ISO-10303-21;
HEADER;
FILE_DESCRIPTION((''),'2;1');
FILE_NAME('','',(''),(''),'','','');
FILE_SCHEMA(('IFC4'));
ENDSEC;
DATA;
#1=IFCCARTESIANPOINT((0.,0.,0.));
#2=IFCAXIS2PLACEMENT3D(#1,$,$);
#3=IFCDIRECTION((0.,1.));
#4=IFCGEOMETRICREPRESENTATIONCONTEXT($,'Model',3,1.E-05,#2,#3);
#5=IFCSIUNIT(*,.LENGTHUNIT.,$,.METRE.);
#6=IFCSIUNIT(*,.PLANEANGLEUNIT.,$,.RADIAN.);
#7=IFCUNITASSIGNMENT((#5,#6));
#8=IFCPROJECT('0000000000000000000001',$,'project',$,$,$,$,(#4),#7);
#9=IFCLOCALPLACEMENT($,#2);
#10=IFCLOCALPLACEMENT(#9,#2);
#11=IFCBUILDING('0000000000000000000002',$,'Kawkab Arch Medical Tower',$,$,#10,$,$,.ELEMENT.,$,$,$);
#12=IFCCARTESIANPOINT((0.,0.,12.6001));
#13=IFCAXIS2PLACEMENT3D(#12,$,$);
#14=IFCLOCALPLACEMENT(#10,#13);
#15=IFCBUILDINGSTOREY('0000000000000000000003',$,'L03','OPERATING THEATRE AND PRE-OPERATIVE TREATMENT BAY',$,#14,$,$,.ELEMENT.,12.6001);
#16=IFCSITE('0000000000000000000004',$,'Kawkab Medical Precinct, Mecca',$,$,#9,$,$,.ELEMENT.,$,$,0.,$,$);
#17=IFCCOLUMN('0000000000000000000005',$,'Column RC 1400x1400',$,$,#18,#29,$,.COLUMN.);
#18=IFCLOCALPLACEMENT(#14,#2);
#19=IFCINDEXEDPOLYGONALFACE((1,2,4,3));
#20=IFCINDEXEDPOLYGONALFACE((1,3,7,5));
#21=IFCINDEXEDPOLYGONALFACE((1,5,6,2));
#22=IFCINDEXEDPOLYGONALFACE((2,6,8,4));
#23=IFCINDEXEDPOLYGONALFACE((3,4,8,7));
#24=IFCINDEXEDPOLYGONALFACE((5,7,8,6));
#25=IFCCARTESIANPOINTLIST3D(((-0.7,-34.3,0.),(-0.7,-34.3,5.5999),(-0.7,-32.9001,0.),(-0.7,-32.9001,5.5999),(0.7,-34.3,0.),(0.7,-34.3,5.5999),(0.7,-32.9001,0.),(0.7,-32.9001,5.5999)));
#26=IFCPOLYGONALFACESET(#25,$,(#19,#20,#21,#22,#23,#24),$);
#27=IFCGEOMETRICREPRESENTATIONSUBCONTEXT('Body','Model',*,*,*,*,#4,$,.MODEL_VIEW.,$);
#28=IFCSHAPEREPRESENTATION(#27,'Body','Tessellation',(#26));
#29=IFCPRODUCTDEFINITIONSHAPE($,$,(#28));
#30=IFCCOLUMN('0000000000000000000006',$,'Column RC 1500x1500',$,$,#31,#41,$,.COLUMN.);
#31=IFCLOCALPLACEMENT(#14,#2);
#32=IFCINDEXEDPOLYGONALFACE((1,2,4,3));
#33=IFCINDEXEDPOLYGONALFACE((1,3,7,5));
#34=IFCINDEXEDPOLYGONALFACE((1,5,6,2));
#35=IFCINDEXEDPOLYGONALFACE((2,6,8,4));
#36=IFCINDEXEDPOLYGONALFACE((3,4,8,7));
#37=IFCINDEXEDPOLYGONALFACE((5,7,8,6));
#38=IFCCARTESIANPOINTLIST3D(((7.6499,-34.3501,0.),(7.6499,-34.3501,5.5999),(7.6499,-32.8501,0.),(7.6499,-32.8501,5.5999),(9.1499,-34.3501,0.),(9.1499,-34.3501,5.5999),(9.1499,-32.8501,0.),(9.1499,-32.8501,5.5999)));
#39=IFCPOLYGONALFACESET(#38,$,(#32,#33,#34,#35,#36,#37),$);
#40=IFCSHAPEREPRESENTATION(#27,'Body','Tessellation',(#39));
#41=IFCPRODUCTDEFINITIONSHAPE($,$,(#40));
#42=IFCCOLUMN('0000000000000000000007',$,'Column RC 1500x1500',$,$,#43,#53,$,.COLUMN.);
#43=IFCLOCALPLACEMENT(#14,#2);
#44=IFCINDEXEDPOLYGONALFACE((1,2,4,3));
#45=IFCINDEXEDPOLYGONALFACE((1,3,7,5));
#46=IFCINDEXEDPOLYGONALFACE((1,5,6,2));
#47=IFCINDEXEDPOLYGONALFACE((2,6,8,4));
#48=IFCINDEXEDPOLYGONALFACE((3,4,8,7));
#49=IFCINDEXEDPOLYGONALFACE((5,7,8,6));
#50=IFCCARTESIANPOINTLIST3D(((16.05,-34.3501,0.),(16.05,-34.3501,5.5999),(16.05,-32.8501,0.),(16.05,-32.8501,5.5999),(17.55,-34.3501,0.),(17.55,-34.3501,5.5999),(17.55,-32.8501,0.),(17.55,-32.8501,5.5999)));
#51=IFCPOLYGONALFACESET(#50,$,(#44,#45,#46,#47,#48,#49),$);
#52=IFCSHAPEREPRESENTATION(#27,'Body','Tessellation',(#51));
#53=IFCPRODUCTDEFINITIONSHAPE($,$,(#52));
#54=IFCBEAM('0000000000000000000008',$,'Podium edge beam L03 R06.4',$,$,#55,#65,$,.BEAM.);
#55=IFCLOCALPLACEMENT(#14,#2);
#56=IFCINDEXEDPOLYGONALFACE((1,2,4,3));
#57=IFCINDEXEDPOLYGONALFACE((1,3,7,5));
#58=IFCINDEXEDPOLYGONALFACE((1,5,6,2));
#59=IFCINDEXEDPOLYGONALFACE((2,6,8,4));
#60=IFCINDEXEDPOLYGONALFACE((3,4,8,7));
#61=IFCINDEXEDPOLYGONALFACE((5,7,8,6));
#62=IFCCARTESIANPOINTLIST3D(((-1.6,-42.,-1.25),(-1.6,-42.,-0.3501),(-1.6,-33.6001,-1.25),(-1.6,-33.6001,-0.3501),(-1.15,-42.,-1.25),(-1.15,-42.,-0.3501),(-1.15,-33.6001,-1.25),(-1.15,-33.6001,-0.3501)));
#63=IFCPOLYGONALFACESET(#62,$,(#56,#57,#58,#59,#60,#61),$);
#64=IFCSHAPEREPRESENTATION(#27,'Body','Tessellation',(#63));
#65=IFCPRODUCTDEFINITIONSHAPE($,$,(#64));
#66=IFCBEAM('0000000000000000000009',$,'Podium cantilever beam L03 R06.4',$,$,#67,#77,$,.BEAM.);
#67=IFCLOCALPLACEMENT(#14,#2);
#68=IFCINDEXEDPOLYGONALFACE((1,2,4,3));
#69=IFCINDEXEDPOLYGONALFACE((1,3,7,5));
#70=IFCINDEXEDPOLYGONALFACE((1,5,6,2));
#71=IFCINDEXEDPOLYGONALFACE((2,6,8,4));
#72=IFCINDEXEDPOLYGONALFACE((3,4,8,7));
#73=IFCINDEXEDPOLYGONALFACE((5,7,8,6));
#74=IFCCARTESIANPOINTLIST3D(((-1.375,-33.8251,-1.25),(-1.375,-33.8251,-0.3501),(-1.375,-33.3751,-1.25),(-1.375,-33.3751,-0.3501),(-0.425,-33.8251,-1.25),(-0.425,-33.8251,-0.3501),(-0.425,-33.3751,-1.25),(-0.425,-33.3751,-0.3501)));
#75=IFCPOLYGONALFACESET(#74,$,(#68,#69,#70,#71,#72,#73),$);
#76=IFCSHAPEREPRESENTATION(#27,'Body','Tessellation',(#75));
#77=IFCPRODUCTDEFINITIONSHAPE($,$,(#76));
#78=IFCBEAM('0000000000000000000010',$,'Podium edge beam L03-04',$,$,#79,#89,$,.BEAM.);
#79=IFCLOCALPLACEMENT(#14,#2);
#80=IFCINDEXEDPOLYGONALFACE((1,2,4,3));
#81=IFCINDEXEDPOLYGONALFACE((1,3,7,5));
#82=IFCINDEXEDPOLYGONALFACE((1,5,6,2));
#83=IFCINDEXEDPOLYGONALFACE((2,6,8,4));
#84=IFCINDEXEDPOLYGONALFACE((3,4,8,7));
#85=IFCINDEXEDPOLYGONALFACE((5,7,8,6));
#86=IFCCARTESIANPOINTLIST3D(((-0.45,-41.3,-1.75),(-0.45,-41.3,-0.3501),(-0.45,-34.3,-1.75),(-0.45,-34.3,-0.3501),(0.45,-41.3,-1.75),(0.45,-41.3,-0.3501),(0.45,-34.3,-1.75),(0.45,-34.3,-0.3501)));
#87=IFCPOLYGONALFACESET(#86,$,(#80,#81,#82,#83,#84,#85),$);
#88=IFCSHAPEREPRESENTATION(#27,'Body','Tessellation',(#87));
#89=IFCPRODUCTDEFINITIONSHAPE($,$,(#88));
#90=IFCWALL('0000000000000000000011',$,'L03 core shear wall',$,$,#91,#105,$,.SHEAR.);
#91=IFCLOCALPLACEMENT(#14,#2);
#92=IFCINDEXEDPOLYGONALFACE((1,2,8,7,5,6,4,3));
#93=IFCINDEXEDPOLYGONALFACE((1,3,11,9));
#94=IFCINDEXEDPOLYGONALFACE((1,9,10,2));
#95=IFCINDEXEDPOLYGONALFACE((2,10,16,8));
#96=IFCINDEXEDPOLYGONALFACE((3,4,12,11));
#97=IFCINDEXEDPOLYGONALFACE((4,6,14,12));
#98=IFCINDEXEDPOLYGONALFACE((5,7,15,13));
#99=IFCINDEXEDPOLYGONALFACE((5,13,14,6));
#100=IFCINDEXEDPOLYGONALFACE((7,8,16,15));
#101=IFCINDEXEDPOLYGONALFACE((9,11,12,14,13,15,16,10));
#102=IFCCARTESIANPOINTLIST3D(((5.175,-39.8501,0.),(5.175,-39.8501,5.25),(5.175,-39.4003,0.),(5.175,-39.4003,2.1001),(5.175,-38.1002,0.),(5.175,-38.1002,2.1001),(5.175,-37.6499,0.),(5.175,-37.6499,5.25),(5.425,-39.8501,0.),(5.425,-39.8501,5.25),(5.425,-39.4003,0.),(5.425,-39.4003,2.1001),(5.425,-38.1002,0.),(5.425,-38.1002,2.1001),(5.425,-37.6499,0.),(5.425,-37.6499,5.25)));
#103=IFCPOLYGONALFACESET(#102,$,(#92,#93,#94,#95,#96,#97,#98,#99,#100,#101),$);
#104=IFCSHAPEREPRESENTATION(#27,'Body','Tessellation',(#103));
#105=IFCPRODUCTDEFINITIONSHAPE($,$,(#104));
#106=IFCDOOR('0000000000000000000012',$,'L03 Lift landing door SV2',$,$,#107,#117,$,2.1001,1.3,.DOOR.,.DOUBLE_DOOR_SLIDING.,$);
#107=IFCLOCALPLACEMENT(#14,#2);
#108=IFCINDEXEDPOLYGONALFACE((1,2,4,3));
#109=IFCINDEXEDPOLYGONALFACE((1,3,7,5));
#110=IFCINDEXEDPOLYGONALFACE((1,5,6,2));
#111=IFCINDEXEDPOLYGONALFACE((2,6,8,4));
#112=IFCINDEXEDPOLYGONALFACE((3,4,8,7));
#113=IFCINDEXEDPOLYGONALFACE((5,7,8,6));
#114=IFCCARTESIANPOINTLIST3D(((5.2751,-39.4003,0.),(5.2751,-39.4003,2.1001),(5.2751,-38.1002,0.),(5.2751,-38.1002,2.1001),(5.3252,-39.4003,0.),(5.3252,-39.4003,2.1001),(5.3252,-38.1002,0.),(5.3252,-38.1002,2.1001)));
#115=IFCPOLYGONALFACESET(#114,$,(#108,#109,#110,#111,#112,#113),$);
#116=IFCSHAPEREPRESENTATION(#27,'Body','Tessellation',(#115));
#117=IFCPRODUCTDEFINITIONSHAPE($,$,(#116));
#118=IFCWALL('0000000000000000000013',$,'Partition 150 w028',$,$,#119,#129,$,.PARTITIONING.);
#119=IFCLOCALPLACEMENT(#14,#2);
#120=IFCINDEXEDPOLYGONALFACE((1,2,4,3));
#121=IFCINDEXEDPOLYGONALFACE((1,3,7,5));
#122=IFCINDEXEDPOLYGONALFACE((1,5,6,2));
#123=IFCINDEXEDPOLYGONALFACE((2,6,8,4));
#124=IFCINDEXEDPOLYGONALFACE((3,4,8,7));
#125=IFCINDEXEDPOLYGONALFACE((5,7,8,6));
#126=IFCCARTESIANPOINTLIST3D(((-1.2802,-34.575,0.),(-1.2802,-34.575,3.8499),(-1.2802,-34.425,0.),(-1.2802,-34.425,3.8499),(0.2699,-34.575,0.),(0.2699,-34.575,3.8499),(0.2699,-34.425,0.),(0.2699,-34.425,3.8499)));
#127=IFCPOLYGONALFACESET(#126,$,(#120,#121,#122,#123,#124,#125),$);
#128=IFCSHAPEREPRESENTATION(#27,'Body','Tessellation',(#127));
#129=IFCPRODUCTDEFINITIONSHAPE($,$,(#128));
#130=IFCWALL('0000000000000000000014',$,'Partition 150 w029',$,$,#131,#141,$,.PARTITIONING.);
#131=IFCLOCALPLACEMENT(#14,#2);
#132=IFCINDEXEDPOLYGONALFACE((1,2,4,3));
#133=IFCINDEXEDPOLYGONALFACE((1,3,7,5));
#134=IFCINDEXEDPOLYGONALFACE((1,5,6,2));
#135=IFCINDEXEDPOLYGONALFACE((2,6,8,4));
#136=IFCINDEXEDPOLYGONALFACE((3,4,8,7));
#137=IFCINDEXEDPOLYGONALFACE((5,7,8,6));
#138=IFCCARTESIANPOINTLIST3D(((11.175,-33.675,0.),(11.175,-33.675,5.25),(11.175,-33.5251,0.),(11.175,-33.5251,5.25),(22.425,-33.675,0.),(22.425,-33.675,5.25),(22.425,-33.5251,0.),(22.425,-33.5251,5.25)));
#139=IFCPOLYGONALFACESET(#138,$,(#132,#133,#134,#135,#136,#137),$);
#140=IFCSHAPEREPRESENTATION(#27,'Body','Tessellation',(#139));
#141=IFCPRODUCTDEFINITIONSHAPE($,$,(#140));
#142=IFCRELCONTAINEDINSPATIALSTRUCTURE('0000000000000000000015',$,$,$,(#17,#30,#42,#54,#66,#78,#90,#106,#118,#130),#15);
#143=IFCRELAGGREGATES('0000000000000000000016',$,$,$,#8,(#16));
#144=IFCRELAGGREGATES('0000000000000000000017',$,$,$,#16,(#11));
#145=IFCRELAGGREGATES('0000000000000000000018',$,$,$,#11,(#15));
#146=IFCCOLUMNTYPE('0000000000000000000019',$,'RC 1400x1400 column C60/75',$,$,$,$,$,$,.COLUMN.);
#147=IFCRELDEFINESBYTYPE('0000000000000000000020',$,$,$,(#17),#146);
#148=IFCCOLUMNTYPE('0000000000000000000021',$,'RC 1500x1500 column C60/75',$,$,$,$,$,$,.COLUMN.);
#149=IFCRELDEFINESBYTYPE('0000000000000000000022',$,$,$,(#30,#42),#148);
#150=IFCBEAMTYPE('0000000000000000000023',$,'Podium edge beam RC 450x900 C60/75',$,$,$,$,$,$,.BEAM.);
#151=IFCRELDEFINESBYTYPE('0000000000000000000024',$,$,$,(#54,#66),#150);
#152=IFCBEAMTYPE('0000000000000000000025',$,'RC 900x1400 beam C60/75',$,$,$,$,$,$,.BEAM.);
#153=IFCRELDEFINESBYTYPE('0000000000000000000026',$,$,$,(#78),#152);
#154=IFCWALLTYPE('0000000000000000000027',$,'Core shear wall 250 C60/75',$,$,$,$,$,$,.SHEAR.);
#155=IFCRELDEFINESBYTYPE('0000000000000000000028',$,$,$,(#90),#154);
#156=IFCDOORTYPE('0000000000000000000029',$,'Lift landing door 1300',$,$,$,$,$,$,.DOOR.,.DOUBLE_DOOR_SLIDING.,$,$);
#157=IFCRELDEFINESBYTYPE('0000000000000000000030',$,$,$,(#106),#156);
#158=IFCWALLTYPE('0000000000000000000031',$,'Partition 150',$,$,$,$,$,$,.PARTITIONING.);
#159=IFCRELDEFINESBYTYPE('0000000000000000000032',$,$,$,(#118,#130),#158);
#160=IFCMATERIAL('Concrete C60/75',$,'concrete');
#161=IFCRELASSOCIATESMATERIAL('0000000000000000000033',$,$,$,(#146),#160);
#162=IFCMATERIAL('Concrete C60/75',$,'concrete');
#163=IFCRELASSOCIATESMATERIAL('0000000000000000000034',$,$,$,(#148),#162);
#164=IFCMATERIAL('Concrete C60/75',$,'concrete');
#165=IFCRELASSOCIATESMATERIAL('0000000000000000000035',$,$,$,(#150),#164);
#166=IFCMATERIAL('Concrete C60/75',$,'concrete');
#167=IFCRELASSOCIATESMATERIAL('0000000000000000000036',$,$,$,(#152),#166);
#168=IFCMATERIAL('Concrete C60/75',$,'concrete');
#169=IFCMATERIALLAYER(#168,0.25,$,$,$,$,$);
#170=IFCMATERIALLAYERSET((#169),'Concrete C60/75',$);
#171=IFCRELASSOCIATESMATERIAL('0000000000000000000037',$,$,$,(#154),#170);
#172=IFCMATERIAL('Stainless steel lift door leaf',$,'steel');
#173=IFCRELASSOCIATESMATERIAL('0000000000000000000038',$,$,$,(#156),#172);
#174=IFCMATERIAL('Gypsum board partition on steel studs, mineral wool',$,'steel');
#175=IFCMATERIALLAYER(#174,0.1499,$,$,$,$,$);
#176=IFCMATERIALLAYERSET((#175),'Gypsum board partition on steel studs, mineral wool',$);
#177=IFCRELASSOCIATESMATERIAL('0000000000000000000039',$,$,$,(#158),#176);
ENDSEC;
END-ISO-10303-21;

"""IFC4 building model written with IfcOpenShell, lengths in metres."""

from ifc_helpers import new_model, si_unit, direction, frame, frame_2d, origin, origin_2d, place, context, subcontext, project, spatial, rectangle, extrude, material, layer, layer_set, material_profile, profile_set, type_object, element, fill, save


model = new_model("IFC4")

# Units and contexts
model_context = context("Model", 3, precision=1e-05, world=origin(), true_north=direction((0.0, 1.0)))
body_context = subcontext(model_context, "Body", "Model", "MODEL_VIEW")
ifc_project = project(units=[si_unit("LENGTHUNIT", "METRE"), si_unit("PLANEANGLEUNIT", "RADIAN")], contexts=[model_context])

# Site, building, storey
site_placement = place(None, origin())
site = spatial("IfcSite", under=ifc_project, at=site_placement, Name="Kawkab Medical Precinct, Mecca", CompositionType="ELEMENT", RefElevation=0.0)
building_placement = place(site_placement, origin())
building = spatial("IfcBuilding", under=site, at=building_placement, Name="Kawkab Arch Medical Tower", CompositionType="ELEMENT")
storey_placement = place(building_placement, frame((0.0, 0.0, 12.6001)))
storey = spatial("IfcBuildingStorey", under=building, at=storey_placement, Name="L03", Description="OPERATING THEATRE AND PRE-OPERATIVE TREATMENT BAY", CompositionType="ELEMENT", Elevation=12.6001)

# Columns
ifc_material_1 = material(Name="Concrete C60/75", Category="concrete")
ifc_material_profile_1 = material_profile(ifc_material_1, rectangle(XDim=1.3999, YDim=1.3999, at=origin_2d()), Name="RC 1400x1400")
ifc_profile_set_1 = profile_set([ifc_material_profile_1], Name="Concrete C60/75")
column_type_1 = type_object("IfcColumnType", Name="RC 1400x1400 column C60/75", PredefinedType="COLUMN", material=ifc_profile_set_1)
column_placement = place(storey_placement, frame((0.0, -33.6001, 0.0), z_axis=(0.0, 0.0, 1.0), x_axis=(1.0, 0.0, 0.0)))
element("IfcColumn", 1, at=column_placement, inside=storey, type_object=column_type_1, Name="Column RC 1400x1400", PredefinedType="COLUMN", context=body_context, shape_type="SweptSolid", body=[
    extrude(rectangle(XDim=1.3999, YDim=1.3999, at=origin_2d()), origin(), (0.0, 0.0, 1.0), 5.5999),
])
ifc_material_2 = material(Name="Concrete C60/75", Category="concrete")
ifc_material_profile_2 = material_profile(ifc_material_2, rectangle(XDim=1.5, YDim=1.5, at=origin_2d()), Name="RC 1500x1500")
ifc_profile_set_2 = profile_set([ifc_material_profile_2], Name="Concrete C60/75")
column_type_2 = type_object("IfcColumnType", Name="RC 1500x1500 column C60/75", PredefinedType="COLUMN", material=ifc_profile_set_2)
for number, where, z_axis, x_axis, name in (
    (2, (8.3999, -33.6001, 0.0), (0.0, 0.0, 1.0), (1.0, 0.0, 0.0), "Column RC 1500x1500"),
    (3, (16.8, -33.6001, 0.0), (0.0, 0.0, 1.0), (1.0, 0.0, 0.0), "Column RC 1500x1500"),
):
    element("IfcColumn", number, at=place(storey_placement, frame(where, z_axis=z_axis, x_axis=x_axis)), inside=storey, type_object=column_type_2, Name=name, PredefinedType="COLUMN", context=body_context, shape_type="SweptSolid", body=[
        extrude(rectangle(XDim=1.5, YDim=1.5, at=origin_2d()), origin(), (0.0, 0.0, 1.0), 5.5999),
    ])

# Beams
ifc_material_3 = material(Name="Concrete C60/75", Category="concrete")
ifc_material_profile_3 = material_profile(ifc_material_3, rectangle(XDim=0.45, YDim=0.8999, at=origin_2d()), Name="RC 450x900")
ifc_profile_set_3 = profile_set([ifc_material_profile_3], Name="Concrete C60/75")
beam_type_1 = type_object("IfcBeamType", Name="Podium edge beam RC 450x900 C60/75", PredefinedType="BEAM", material=ifc_profile_set_3)
beam_1_placement = place(storey_placement, frame((-1.375, -33.6001, -0.8), z_axis=(0.0, -1.0, 0.0), x_axis=(1.0, 0.0, 0.0)))
element("IfcBeam", 4, at=beam_1_placement, inside=storey, type_object=beam_type_1, Name="Podium edge beam L03 R06.4", PredefinedType="BEAM", context=body_context, shape_type="SweptSolid", body=[
    extrude(rectangle(XDim=0.45, YDim=0.8999, at=origin_2d()), origin(), (0.0, 0.0, 1.0), 8.3999),
])
beam_2_placement = place(storey_placement, frame((-0.425, -33.6001, -0.8), z_axis=(-1.0, 0.0, 0.0), x_axis=(0.0, -1.0, 0.0)))
element("IfcBeam", 5, at=beam_2_placement, inside=storey, type_object=beam_type_1, Name="Podium cantilever beam L03 R06.4", PredefinedType="BEAM", context=body_context, shape_type="SweptSolid", body=[
    extrude(rectangle(XDim=0.45, YDim=0.8999, at=origin_2d()), origin(), (0.0, 0.0, 1.0), 0.95),
])
ifc_material_4 = material(Name="Concrete C60/75", Category="concrete")
ifc_material_profile_4 = material_profile(ifc_material_4, rectangle(XDim=0.8999, YDim=1.3999, at=origin_2d()), Name="RC 900x1400")
ifc_profile_set_4 = profile_set([ifc_material_profile_4], Name="Concrete C60/75")
beam_type_2 = type_object("IfcBeamType", Name="RC 900x1400 beam C60/75", PredefinedType="BEAM", material=ifc_profile_set_4)
beam_3_placement = place(storey_placement, frame((0.0, -34.3, -1.05), z_axis=(0.0, -1.0, 0.0), x_axis=(1.0, 0.0, 0.0)))
element("IfcBeam", 6, at=beam_3_placement, inside=storey, type_object=beam_type_2, Name="Podium edge beam L03-04", PredefinedType="BEAM", context=body_context, shape_type="SweptSolid", body=[
    extrude(rectangle(XDim=0.8999, YDim=1.3999, at=origin_2d()), origin(), (0.0, 0.0, 1.0), 7.0),
])

# Wall, opening, door
ifc_material_5 = material(Name="Concrete C60/75", Category="concrete")
ifc_layer_1 = layer(ifc_material_5, 0.25)
ifc_layer_set_1 = layer_set([ifc_layer_1], Name="Concrete C60/75")
wall_type_1 = type_object("IfcWallType", Name="Core shear wall 250 C60/75", PredefinedType="SHEAR", material=ifc_layer_set_1)
wall_1_placement = place(storey_placement, frame((5.3, -39.8501, 0.0), z_axis=(0.0, 0.0, 1.0), x_axis=(0.0, 1.0, 0.0)))
wall_1 = element("IfcWall", 7, at=wall_1_placement, inside=storey, type_object=wall_type_1, Name="L03 core shear wall", PredefinedType="SHEAR", context=body_context, shape_type="SweptSolid", body=[
    extrude(rectangle(XDim=2.2002, YDim=0.25, at=frame_2d((1.1001, 0.0))), origin(), (0.0, 0.0, 1.0), 5.25),
])
opening_1_placement = place(wall_1_placement, frame((0.45, 0.0, 0.0)))
opening_1 = element("IfcOpeningElement", 8, at=opening_1_placement, cuts=wall_1, PredefinedType="OPENING", context=body_context, shape_type="SweptSolid", body=[
    extrude(rectangle(XDim=1.3, YDim=2.1001, at=frame_2d((0.6499, 1.05))), frame((0.0, 0.135, 0.0), z_axis=(0.0, -1.0, 0.0), x_axis=(1.0, 0.0, 0.0)), (0.0, 0.0, 1.0), 0.27),
])
ifc_material_6 = material(Name="Stainless steel lift door leaf", Category="steel")
door_type_1 = type_object("IfcDoorType", Name="Lift landing door 1300", OperationType="DOUBLE_DOOR_SLIDING", PredefinedType="DOOR", material=ifc_material_6)
door_1_placement = place(opening_1_placement, origin())
door_1 = element("IfcDoor", 9, at=door_1_placement, inside=storey, type_object=door_type_1, Name="L03 Lift landing door SV2", OperationType="DOUBLE_DOOR_SLIDING", OverallHeight=2.1001, OverallWidth=1.3, PredefinedType="DOOR", context=body_context, shape_type="SweptSolid", body=[
    extrude(rectangle(XDim=1.3, YDim=2.1001, at=frame_2d((0.6499, 1.05))), frame((0.0, 0.0249, 0.0), z_axis=(0.0, -1.0, 0.0), x_axis=(1.0, 0.0, 0.0)), (0.0, 0.0, 1.0), 0.05),
])
fill(opening_1, door_1)

# Walls
ifc_material_7 = material(Name="Gypsum board partition on steel studs, mineral wool", Category="steel")
ifc_layer_2 = layer(ifc_material_7, 0.1499)
ifc_layer_set_2 = layer_set([ifc_layer_2], Name="Gypsum board partition on steel studs, mineral wool")
wall_type_2 = type_object("IfcWallType", Name="Partition 150", PredefinedType="PARTITIONING", material=ifc_layer_set_2)
wall_2_placement = place(storey_placement, frame((-1.28, -34.5, 0.0), z_axis=(0.0, 0.0, 1.0), x_axis=(1.0, 0.0, 0.0)))
element("IfcWall", 10, at=wall_2_placement, inside=storey, type_object=wall_type_2, Name="Partition 150 w028", PredefinedType="PARTITIONING", context=body_context, shape_type="SweptSolid", body=[
    extrude(rectangle(XDim=1.55, YDim=0.1499, at=frame_2d((0.7749, 0.0))), origin(), (0.0, 0.0, 1.0), 3.8499),
])
wall_3_placement = place(storey_placement, frame((11.175, -33.6001, 0.0), z_axis=(0.0, 0.0, 1.0), x_axis=(1.0, 0.0, 0.0)))
element("IfcWall", 11, at=wall_3_placement, inside=storey, type_object=wall_type_2, Name="Partition 150 w029", PredefinedType="PARTITIONING", context=body_context, shape_type="SweptSolid", body=[
    extrude(rectangle(XDim=11.25, YDim=0.1499, at=frame_2d((5.625, 0.0))), origin(), (0.0, 0.0, 1.0), 5.25),
])

save(model, "model.ifc")
